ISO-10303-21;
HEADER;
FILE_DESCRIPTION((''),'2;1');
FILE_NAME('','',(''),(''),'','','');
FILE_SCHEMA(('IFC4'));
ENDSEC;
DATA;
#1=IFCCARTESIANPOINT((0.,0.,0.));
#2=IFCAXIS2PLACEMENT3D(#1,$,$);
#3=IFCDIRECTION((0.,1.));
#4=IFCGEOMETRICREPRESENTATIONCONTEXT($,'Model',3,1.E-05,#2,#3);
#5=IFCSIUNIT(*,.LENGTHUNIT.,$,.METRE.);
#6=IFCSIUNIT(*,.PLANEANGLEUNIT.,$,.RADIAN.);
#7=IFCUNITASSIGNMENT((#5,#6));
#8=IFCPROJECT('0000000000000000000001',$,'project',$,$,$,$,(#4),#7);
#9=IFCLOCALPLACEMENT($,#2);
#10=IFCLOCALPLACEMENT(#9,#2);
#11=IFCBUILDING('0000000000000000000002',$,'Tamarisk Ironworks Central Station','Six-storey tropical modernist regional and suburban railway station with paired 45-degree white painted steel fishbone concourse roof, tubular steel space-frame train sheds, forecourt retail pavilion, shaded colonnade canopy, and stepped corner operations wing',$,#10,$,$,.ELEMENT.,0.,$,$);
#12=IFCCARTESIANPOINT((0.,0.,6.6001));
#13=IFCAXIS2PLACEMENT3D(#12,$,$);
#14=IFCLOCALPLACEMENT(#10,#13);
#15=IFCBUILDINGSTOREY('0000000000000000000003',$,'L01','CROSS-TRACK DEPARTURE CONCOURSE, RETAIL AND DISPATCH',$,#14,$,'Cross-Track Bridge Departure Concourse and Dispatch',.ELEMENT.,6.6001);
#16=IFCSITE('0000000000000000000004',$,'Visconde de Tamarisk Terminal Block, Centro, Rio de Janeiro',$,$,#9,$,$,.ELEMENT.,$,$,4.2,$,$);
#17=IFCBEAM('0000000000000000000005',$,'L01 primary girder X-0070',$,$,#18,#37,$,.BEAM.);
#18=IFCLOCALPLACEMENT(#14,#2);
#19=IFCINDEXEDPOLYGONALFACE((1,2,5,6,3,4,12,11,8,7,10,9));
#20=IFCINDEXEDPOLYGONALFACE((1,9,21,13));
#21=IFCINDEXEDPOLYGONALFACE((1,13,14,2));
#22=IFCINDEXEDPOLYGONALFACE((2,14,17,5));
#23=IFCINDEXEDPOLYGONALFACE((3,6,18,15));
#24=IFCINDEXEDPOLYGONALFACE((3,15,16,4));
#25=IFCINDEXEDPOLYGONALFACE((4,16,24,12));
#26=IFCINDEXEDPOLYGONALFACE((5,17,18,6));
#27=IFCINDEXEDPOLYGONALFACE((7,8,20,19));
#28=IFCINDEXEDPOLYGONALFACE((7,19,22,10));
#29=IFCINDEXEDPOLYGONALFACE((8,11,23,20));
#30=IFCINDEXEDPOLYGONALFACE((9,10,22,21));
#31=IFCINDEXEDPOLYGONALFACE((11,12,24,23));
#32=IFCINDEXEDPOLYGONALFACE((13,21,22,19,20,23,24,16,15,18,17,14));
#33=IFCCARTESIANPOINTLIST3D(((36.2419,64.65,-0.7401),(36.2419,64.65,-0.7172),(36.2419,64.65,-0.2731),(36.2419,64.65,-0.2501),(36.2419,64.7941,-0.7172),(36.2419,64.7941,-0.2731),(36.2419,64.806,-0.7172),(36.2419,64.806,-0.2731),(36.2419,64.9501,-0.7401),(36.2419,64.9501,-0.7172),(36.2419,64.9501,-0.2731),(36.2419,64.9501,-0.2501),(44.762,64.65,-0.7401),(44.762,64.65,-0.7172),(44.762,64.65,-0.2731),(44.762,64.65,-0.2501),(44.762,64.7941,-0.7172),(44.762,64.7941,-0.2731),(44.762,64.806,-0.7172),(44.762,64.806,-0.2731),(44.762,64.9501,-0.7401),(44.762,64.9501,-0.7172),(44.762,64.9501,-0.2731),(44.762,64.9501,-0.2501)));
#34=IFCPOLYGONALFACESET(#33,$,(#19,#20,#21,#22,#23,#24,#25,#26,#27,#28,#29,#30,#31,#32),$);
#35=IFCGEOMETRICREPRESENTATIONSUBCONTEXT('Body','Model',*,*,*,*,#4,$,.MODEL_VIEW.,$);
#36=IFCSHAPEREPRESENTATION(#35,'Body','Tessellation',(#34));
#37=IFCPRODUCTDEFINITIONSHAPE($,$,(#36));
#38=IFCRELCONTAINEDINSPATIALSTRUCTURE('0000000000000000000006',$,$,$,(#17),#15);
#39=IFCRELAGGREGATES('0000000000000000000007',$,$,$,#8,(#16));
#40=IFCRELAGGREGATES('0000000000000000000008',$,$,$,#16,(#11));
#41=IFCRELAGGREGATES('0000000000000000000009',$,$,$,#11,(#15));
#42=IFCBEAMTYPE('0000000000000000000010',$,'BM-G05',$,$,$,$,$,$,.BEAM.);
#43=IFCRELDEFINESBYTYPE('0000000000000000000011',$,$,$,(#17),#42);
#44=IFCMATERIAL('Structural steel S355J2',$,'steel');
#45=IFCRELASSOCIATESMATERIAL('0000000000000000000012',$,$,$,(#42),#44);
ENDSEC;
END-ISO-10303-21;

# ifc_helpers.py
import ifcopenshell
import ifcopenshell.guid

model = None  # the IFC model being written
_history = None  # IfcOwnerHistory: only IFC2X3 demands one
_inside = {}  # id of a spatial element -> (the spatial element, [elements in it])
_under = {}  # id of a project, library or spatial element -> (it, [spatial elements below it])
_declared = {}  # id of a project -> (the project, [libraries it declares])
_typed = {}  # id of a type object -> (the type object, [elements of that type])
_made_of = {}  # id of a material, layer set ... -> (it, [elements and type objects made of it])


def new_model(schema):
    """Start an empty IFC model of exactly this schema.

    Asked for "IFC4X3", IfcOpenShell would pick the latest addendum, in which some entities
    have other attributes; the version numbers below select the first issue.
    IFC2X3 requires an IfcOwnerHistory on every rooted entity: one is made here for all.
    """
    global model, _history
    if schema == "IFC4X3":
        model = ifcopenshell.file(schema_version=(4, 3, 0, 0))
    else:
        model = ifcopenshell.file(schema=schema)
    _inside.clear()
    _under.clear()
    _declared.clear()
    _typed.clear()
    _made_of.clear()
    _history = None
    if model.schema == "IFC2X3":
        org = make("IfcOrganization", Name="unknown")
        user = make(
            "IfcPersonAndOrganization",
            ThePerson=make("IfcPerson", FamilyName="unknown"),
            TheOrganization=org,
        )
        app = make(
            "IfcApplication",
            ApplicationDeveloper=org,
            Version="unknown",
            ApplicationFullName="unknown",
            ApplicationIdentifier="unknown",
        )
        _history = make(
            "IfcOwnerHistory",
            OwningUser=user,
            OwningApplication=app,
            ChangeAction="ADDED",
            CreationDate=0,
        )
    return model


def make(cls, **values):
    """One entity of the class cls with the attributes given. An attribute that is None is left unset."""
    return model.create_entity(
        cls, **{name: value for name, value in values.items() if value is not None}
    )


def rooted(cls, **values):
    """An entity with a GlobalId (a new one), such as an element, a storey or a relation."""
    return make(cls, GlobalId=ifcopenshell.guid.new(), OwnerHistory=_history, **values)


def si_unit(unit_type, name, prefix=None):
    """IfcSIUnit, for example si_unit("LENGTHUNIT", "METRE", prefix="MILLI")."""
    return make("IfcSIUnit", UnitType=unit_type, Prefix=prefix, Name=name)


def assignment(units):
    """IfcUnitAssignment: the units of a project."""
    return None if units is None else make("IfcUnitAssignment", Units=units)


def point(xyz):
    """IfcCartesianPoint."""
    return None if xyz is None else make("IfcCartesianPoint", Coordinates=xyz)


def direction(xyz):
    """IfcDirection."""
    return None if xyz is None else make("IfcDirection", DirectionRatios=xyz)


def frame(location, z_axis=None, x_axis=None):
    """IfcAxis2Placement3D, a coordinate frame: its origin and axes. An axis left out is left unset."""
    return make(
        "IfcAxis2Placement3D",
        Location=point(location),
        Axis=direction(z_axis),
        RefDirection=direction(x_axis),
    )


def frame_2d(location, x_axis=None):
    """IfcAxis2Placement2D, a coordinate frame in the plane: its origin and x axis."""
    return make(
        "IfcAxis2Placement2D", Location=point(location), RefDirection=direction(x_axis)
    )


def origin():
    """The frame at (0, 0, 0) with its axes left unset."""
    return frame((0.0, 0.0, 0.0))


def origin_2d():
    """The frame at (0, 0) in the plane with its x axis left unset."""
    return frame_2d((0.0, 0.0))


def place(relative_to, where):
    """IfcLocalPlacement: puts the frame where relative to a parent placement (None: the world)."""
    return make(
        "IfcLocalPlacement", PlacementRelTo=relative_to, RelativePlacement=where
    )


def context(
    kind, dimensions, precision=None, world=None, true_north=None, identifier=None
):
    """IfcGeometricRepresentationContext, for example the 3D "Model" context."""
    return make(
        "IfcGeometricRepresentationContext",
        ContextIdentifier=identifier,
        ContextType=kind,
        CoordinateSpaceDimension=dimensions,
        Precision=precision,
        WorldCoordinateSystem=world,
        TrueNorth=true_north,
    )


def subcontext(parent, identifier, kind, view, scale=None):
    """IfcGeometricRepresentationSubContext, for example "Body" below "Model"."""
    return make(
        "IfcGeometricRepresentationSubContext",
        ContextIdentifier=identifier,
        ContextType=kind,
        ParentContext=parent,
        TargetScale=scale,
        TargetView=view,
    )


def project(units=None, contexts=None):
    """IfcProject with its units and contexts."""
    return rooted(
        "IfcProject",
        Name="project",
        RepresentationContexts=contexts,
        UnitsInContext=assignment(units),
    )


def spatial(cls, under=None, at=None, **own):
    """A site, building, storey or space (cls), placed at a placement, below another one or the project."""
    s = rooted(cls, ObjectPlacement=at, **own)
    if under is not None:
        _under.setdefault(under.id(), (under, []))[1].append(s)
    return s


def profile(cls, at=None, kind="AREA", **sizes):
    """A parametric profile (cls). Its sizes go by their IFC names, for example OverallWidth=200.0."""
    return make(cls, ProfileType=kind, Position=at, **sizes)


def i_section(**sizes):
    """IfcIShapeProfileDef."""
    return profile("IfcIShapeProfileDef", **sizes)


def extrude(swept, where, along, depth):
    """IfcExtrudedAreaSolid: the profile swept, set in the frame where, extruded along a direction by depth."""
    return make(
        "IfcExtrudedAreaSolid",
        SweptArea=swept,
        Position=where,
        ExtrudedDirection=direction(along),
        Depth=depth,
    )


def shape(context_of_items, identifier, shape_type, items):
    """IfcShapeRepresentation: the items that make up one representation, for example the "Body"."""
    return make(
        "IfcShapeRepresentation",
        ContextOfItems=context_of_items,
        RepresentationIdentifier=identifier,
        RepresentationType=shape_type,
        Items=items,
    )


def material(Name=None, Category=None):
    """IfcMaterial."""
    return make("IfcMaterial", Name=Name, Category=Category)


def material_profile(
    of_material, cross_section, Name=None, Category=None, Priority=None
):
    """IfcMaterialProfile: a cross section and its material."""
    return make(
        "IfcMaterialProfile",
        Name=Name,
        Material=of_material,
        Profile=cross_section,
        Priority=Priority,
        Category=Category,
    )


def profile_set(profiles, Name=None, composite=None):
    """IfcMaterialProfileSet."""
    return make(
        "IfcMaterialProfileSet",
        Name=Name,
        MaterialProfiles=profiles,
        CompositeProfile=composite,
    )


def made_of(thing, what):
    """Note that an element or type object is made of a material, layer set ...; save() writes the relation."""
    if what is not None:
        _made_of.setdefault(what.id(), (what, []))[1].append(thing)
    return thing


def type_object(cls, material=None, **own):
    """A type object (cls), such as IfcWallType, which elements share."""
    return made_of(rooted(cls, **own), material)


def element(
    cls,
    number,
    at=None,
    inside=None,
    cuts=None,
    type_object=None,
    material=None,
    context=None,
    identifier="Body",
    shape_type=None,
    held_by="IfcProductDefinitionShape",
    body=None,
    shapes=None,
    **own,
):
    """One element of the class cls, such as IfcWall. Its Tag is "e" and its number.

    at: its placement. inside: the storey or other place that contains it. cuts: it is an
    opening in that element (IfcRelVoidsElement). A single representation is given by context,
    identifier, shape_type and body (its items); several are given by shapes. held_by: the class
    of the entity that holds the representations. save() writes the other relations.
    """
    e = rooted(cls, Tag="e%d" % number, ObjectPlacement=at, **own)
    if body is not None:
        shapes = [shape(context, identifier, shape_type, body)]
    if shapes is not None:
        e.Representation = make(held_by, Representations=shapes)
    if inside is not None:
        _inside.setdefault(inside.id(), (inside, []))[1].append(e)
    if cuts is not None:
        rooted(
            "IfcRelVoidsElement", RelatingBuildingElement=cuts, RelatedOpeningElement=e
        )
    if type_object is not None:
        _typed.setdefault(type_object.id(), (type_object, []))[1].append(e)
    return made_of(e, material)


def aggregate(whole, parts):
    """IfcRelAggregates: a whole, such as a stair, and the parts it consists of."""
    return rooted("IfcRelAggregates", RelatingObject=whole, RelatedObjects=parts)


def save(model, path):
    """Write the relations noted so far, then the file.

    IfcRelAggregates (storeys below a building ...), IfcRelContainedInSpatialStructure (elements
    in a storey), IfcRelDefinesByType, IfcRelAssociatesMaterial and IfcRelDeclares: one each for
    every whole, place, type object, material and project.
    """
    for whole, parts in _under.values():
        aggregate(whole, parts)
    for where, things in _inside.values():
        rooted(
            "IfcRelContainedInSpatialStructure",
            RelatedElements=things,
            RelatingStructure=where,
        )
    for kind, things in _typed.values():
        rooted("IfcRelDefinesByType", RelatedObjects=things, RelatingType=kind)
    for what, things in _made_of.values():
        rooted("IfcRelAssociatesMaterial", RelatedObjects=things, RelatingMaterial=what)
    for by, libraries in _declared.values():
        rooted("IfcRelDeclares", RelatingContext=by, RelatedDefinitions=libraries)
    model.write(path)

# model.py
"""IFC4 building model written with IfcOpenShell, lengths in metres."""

from ifc_helpers import new_model, si_unit, direction, frame, origin, origin_2d, place, context, subcontext, project, spatial, i_section, extrude, material, material_profile, profile_set, type_object, element, save


model = new_model("IFC4")

# Units and contexts
model_context = context("Model", 3, precision=1e-05, world=origin(), true_north=direction((0.0, 1.0)))
body_context = subcontext(model_context, "Body", "Model", "MODEL_VIEW")
ifc_project = project(units=[si_unit("LENGTHUNIT", "METRE"), si_unit("PLANEANGLEUNIT", "RADIAN")], contexts=[model_context])

# Site, building, storey
site_placement = place(None, origin())
site = spatial("IfcSite", under=ifc_project, at=site_placement, Name="Visconde de Tamarisk Terminal Block, Centro, Rio de Janeiro", CompositionType="ELEMENT", RefElevation=4.2)
building_placement = place(site_placement, origin())
building = spatial("IfcBuilding", under=site, at=building_placement, Name="Tamarisk Ironworks Central Station", Description="Six-storey tropical modernist regional and suburban railway station with paired 45-degree white painted steel fishbone concourse roof, tubular steel space-frame train sheds, forecourt retail pavilion, shaded colonnade canopy, and stepped corner operations wing", CompositionType="ELEMENT", ElevationOfRefHeight=0.0)
storey_placement = place(building_placement, frame((0.0, 0.0, 6.6001)))
storey = spatial("IfcBuildingStorey", under=building, at=storey_placement, Name="L01", Description="CROSS-TRACK DEPARTURE CONCOURSE, RETAIL AND DISPATCH", LongName="Cross-Track Bridge Departure Concourse and Dispatch", CompositionType="ELEMENT", Elevation=6.6001)

# Beam
ifc_material_1 = material(Name="Structural steel S355J2", Category="steel")
ifc_material_profile_1 = material_profile(ifc_material_1, i_section(OverallWidth=0.3, OverallDepth=0.49, WebThickness=0.012, FlangeThickness=0.0229, at=origin_2d()), Name="HEA 500")
ifc_profile_set_1 = profile_set([ifc_material_profile_1], Name="Structural steel S355J2")
beam_type_1 = type_object("IfcBeamType", Name="BM-G05", PredefinedType="BEAM", material=ifc_profile_set_1)
beam_1_placement = place(storey_placement, frame((36.2419, 64.8, -0.4951), z_axis=(1.0, 0.0, 0.0), x_axis=(0.0, 1.0, 0.0)))
element("IfcBeam", 1, at=beam_1_placement, inside=storey, type_object=beam_type_1, Name="L01 primary girder X-0070", PredefinedType="BEAM", context=body_context, shape_type="SweptSolid", body=[
    extrude(i_section(OverallWidth=0.3, OverallDepth=0.49, WebThickness=0.012, FlangeThickness=0.0229, at=origin_2d()), origin(), (0.0, 0.0, 1.0), 8.52),
])

save(model, "model.ifc")
